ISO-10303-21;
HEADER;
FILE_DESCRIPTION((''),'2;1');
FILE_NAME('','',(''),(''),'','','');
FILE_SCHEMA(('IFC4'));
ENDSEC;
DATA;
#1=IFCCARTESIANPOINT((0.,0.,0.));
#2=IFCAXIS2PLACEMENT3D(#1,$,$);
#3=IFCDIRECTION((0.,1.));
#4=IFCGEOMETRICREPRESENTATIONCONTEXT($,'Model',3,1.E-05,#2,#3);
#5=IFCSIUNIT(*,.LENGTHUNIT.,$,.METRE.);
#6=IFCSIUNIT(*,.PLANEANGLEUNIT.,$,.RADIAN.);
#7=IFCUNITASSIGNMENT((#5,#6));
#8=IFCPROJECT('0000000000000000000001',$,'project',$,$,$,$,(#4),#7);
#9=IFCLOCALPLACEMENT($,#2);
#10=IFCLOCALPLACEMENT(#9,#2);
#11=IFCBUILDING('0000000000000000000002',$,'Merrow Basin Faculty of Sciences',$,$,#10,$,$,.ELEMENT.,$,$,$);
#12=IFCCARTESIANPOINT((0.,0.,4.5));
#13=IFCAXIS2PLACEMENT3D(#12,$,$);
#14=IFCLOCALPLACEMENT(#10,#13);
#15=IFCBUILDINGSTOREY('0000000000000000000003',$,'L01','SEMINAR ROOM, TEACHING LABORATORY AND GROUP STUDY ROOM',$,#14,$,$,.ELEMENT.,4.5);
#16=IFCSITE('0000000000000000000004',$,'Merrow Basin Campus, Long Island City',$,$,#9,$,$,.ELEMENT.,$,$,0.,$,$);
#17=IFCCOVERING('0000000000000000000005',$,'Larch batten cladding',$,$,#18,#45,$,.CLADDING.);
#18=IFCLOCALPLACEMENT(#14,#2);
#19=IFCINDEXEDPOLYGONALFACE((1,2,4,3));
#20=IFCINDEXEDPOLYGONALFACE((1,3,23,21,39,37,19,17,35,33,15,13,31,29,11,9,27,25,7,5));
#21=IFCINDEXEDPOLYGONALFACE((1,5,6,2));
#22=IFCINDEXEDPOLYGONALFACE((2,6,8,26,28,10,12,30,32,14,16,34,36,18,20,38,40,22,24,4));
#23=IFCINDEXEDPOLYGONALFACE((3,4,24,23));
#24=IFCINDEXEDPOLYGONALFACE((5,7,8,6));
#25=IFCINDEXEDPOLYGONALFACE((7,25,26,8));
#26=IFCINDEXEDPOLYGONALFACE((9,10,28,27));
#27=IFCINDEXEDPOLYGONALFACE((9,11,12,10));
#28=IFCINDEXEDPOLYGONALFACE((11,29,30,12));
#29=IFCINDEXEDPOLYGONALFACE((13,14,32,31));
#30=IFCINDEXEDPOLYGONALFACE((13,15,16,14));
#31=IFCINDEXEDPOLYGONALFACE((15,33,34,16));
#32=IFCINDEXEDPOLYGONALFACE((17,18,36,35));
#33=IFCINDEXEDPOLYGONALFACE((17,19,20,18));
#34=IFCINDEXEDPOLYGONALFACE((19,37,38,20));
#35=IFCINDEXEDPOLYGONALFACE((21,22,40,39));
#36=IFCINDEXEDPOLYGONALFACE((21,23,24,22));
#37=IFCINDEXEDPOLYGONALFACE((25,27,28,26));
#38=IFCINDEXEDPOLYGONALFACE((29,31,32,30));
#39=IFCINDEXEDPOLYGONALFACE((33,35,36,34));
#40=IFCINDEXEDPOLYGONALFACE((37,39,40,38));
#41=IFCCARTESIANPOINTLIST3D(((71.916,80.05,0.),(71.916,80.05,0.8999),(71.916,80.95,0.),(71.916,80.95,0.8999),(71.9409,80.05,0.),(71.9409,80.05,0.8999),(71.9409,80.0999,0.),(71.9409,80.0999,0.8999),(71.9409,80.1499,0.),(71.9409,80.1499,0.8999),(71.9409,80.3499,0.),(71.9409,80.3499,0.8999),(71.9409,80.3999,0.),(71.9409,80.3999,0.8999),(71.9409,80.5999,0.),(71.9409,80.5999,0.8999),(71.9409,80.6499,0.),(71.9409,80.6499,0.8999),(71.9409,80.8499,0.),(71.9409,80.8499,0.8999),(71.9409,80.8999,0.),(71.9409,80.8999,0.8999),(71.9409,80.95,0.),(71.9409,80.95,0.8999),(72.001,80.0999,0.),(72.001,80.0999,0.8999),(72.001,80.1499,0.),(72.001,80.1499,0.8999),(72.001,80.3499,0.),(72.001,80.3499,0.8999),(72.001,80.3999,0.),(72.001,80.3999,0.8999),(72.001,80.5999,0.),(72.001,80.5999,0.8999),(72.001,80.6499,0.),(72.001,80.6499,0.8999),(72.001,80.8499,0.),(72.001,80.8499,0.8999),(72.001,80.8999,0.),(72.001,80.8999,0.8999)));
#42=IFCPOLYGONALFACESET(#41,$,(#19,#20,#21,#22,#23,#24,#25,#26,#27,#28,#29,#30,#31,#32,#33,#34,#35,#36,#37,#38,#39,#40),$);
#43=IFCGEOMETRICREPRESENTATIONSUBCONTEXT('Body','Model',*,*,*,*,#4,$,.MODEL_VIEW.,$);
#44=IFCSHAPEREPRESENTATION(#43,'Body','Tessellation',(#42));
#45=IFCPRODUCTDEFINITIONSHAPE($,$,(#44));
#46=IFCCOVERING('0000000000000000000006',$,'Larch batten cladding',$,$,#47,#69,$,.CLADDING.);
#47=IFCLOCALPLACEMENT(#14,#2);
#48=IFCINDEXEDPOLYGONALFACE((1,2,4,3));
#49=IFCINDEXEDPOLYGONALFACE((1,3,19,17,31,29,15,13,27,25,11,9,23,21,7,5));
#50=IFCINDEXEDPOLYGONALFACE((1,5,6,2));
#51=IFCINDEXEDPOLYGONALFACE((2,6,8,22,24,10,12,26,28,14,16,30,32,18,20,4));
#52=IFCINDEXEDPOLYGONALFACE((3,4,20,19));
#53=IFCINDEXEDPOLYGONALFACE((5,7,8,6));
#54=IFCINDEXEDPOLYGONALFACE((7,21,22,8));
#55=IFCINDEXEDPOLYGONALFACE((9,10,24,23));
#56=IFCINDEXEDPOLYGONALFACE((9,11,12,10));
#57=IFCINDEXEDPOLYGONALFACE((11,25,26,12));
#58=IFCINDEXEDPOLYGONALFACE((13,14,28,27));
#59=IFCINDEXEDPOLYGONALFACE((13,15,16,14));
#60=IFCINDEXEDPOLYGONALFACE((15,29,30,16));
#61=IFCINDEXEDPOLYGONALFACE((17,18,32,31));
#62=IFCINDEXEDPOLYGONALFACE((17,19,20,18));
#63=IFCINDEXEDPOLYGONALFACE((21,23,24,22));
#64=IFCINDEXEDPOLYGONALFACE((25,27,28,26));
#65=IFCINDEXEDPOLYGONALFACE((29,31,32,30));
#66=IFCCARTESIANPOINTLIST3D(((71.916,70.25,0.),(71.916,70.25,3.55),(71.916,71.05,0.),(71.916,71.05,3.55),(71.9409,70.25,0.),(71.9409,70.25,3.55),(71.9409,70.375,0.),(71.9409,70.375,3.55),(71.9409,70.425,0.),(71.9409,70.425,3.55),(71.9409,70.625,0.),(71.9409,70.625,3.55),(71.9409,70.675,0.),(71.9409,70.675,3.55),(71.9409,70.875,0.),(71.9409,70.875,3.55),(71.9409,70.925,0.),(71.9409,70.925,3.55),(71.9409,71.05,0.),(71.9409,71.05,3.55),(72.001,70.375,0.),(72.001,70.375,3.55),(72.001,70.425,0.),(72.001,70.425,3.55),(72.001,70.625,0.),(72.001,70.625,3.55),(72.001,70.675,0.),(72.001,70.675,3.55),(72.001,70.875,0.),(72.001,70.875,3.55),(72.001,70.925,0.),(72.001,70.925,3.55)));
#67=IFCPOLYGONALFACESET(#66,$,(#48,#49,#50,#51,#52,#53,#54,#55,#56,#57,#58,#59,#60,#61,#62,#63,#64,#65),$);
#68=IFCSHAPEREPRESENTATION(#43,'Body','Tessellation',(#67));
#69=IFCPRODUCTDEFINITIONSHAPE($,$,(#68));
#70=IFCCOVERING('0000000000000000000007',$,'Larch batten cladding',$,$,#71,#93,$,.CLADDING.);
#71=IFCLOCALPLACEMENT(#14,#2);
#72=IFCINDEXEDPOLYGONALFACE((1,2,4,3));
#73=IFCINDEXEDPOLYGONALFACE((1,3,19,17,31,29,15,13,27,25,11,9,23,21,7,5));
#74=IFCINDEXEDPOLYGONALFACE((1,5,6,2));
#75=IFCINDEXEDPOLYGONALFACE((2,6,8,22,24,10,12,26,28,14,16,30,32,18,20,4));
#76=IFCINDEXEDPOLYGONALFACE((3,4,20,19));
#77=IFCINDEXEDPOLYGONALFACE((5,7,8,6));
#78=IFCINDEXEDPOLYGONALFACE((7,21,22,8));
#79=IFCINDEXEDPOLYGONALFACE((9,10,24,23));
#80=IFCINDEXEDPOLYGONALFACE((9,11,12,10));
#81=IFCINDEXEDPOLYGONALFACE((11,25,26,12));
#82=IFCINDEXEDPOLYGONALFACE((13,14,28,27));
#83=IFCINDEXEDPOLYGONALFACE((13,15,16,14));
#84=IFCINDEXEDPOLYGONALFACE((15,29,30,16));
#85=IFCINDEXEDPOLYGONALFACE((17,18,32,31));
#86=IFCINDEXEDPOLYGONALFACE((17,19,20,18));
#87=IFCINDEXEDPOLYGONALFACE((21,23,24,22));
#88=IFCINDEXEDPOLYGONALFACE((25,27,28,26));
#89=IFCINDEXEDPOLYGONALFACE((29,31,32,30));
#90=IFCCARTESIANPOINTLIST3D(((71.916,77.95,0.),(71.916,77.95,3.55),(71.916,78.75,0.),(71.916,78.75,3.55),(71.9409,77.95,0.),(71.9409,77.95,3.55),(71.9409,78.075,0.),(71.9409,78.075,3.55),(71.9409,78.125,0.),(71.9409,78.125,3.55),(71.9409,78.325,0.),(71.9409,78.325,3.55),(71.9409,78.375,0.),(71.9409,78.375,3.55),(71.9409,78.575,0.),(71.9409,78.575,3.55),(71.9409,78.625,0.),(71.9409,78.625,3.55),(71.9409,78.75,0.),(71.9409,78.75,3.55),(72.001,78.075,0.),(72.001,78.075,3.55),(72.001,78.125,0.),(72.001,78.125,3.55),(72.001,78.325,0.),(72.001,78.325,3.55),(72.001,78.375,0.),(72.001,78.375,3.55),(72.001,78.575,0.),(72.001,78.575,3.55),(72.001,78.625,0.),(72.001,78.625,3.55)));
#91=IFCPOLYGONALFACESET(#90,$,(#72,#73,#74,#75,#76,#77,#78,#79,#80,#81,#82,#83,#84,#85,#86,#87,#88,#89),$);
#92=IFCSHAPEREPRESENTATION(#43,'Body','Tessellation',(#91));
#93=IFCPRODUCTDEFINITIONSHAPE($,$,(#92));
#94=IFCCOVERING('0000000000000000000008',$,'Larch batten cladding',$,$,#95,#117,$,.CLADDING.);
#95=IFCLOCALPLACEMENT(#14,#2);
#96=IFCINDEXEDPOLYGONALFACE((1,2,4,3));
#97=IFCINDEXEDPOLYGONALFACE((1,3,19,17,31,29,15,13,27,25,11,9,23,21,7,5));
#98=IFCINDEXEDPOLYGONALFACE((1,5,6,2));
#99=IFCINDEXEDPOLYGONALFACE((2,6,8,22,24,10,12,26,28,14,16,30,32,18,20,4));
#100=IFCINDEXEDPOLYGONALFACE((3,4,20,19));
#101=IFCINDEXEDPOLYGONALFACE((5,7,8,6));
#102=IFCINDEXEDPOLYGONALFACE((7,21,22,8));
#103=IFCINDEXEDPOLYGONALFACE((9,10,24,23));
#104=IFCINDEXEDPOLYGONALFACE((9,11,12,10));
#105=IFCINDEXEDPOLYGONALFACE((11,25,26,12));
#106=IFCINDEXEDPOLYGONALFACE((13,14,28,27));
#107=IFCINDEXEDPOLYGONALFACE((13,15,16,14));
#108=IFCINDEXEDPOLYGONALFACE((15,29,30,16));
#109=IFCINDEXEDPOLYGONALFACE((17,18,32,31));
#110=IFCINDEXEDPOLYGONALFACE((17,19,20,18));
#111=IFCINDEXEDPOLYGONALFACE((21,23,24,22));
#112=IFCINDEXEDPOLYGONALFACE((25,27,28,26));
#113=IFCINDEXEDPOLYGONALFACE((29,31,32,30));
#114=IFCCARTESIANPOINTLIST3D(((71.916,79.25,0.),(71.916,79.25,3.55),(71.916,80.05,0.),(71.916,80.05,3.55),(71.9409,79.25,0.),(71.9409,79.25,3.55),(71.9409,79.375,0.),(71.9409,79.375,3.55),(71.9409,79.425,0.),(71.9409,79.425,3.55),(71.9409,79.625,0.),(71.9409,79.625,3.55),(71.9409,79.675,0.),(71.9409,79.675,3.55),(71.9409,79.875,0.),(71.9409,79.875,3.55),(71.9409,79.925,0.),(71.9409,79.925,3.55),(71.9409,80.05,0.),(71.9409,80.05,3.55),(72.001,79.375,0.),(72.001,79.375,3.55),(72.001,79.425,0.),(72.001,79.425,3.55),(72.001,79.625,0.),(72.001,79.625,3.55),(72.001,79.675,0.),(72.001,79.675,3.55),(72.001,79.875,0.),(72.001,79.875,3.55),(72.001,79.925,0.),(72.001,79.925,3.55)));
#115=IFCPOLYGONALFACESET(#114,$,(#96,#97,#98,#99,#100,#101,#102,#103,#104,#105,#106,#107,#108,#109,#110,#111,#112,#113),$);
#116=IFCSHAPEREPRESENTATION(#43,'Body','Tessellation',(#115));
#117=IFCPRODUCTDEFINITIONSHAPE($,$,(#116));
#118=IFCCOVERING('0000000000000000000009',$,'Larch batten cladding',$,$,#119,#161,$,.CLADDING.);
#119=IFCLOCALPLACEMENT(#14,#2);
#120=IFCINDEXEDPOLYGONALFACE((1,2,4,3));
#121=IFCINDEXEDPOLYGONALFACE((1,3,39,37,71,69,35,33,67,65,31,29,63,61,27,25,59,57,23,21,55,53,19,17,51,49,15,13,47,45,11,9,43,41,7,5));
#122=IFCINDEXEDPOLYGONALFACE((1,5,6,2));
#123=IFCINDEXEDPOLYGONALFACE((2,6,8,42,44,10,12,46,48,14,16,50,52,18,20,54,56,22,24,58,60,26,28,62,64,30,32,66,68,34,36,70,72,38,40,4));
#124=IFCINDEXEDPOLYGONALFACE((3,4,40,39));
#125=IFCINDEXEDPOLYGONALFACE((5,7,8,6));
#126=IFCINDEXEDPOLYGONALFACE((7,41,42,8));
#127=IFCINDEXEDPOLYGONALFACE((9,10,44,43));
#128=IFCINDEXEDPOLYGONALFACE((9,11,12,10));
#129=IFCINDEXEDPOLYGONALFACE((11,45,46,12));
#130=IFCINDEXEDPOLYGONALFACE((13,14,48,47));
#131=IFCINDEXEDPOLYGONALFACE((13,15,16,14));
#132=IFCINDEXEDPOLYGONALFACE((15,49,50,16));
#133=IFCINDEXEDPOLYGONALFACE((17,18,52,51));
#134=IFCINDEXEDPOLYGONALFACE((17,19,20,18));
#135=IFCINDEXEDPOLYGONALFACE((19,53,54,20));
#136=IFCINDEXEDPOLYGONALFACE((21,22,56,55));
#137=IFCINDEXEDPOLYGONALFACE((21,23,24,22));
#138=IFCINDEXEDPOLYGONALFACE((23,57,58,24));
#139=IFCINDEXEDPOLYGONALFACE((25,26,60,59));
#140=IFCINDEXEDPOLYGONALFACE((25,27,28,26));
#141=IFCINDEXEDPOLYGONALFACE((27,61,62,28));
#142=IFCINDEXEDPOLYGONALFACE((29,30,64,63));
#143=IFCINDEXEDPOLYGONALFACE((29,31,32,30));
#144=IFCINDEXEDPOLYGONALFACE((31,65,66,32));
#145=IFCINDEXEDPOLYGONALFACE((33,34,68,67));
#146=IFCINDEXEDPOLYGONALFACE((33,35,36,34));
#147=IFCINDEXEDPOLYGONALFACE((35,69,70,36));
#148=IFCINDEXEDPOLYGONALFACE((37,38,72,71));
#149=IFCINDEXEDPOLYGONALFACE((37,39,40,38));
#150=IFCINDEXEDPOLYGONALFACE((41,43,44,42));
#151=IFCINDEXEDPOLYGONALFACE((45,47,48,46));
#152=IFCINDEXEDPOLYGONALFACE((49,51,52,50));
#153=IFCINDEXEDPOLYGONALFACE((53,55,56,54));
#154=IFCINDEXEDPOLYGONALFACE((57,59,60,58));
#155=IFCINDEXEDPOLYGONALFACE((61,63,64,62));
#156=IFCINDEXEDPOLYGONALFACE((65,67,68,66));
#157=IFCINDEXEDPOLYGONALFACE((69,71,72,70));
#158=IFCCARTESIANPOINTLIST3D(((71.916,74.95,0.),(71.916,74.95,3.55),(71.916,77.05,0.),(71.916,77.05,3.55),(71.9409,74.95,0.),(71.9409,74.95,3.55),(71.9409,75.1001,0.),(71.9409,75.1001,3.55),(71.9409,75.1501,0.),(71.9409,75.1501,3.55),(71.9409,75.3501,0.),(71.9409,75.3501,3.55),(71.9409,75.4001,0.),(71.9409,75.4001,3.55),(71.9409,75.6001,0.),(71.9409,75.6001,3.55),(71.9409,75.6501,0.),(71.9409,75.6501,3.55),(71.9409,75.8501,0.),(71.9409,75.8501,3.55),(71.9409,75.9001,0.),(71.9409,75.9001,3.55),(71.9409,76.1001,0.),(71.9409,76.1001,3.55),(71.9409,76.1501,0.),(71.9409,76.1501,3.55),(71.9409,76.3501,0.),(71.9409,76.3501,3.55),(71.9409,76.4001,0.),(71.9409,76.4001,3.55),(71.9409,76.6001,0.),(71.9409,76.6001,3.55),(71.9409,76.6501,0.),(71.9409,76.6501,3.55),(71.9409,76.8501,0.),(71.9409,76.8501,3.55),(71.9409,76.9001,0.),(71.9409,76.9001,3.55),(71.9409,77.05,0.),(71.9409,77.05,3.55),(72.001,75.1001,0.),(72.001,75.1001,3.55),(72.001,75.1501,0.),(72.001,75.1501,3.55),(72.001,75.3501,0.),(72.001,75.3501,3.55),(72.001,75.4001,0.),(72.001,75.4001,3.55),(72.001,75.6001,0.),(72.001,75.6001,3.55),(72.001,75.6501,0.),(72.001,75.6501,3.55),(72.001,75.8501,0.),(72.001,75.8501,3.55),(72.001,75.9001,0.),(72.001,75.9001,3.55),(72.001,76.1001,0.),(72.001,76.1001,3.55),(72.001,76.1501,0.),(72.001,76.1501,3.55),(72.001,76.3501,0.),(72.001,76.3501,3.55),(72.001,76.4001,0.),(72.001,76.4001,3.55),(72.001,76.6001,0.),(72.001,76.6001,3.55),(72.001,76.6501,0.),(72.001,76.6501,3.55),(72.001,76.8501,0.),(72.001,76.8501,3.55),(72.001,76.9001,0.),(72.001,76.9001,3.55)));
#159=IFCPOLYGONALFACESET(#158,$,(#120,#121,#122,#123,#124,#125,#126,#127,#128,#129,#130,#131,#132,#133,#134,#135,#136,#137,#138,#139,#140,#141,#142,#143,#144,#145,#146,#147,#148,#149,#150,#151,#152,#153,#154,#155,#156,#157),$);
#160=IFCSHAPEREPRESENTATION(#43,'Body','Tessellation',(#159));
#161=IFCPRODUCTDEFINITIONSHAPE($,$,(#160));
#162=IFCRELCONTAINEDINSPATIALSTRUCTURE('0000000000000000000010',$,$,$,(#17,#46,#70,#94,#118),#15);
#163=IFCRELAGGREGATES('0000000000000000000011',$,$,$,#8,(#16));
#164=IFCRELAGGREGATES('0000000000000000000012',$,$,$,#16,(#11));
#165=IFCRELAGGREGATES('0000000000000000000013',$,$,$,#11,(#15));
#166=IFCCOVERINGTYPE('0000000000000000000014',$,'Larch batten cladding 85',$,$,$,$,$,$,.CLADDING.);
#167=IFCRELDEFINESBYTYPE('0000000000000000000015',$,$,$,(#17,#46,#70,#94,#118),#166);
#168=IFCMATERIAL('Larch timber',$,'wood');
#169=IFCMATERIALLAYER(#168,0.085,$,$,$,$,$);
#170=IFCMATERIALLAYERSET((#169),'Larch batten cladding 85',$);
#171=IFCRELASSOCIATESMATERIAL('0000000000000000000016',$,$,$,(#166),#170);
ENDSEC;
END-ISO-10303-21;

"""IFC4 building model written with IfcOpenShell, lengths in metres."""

from ifc_helpers import new_model, si_unit, direction, frame, origin, place, context, subcontext, project, spatial, polyline, outline, extrude, source, transform, mapped, material, layer, layer_set, type_object, element, save


model = new_model("IFC4")

# Units and contexts
model_context = context("Model", 3, precision=1e-05, world=origin(), true_north=direction((0.0, 1.0)))
body_context = subcontext(model_context, "Body", "Model", "MODEL_VIEW")
ifc_project = project(units=[si_unit("LENGTHUNIT", "METRE"), si_unit("PLANEANGLEUNIT", "RADIAN")], contexts=[model_context])

# Site, building, storey
site_placement = place(None, origin())
site = spatial("IfcSite", under=ifc_project, at=site_placement, Name="Merrow Basin Campus, Long Island City", CompositionType="ELEMENT", RefElevation=0.0)
building_placement = place(site_placement, origin())
building = spatial("IfcBuilding", under=site, at=building_placement, Name="Merrow Basin Faculty of Sciences", CompositionType="ELEMENT")
storey_placement = place(building_placement, frame((0.0, 0.0, 4.5)))
storey = spatial("IfcBuildingStorey", under=building, at=storey_placement, Name="L01", Description="SEMINAR ROOM, TEACHING LABORATORY AND GROUP STUDY ROOM", CompositionType="ELEMENT", Elevation=4.5)

# Coverings
ifc_material_1 = material(Name="Larch timber", Category="wood")
ifc_layer_1 = layer(ifc_material_1, 0.085)
ifc_layer_set_1 = layer_set([ifc_layer_1], Name="Larch batten cladding 85")
covering_type = type_object("IfcCoveringType", Name="Larch batten cladding 85", PredefinedType="CLADDING", material=ifc_layer_set_1)
shared_shape_1 = source(origin(), body_context, "Body", "SweptSolid", [
    extrude(outline(polyline([(0.0, 0.0), (0.8999, 0.0), (0.8999, 0.0249), (0.8501, 0.0249), (0.8501, 0.085), (0.8, 0.085), (0.8, 0.0249), (0.6001, 0.0249), (0.6001, 0.085), (0.55, 0.085), (0.55, 0.0249), (0.3501, 0.0249), (0.3501, 0.085), (0.3, 0.085), (0.3, 0.0249), (0.1001, 0.0249), (0.1001, 0.085), (0.05, 0.085), (0.05, 0.0249), (0.0, 0.0249), (0.0, 0.0)])), origin(), (0.0, 0.0, 1.0), 0.8999),
])
for number, where, z_axis, x_axis, name in (
    (1, (71.916, 80.95, 0.0), (0.0, 0.0, 1.0), (0.0, -1.0, 0.0), "Larch batten cladding"),
):
    element("IfcCovering", number, at=place(storey_placement, frame(where, z_axis=z_axis, x_axis=x_axis)), inside=storey, type_object=covering_type, Name=name, PredefinedType="CLADDING", context=body_context, shape_type="MappedRepresentation", body=[
        mapped(shared_shape_1, transform((0.0, 0.0, 0.0), scale=1.0)),
    ])
shared_shape_2 = source(origin(), body_context, "Body", "SweptSolid", [
    extrude(outline(polyline([(0.0, 0.0), (0.8, 0.0), (0.8, 0.0249), (0.675, 0.0249), (0.675, 0.085), (0.625, 0.085), (0.625, 0.0249), (0.425, 0.0249), (0.425, 0.085), (0.375, 0.085), (0.375, 0.0249), (0.175, 0.0249), (0.175, 0.085), (0.125, 0.085), (0.125, 0.0249), (0.0, 0.0249), (0.0, 0.0)])), origin(), (0.0, 0.0, 1.0), 3.55),
])
for number, where, z_axis, x_axis, name in (
    (2, (71.916, 71.05, 0.0), (0.0, 0.0, 1.0), (0.0, -1.0, 0.0), "Larch batten cladding"),
    (3, (71.916, 78.75, 0.0), (0.0, 0.0, 1.0), (0.0, -1.0, 0.0), "Larch batten cladding"),
    (4, (71.916, 80.05, 0.0), (0.0, 0.0, 1.0), (0.0, -1.0, 0.0), "Larch batten cladding"),
):
    element("IfcCovering", number, at=place(storey_placement, frame(where, z_axis=z_axis, x_axis=x_axis)), inside=storey, type_object=covering_type, Name=name, PredefinedType="CLADDING", context=body_context, shape_type="MappedRepresentation", body=[
        mapped(shared_shape_2, transform((0.0, 0.0, 0.0), scale=1.0)),
    ])
shared_shape_3 = source(origin(), body_context, "Body", "SweptSolid", [
    extrude(outline(polyline([(0.0, 0.0), (2.1001, 0.0), (2.1001, 0.0249), (1.95, 0.0249), (1.95, 0.085), (1.8999, 0.085), (1.8999, 0.0249), (1.7, 0.0249), (1.7, 0.085), (1.6499, 0.085), (1.6499, 0.0249), (1.45, 0.0249), (1.45, 0.085), (1.3999, 0.085), (1.3999, 0.0249), (1.2, 0.0249), (1.2, 0.085), (1.1499, 0.085), (1.1499, 0.0249), (0.95, 0.0249), (0.95, 0.085), (0.8999, 0.085), (0.8999, 0.0249), (0.7, 0.0249), (0.7, 0.085), (0.6499, 0.085), (0.6499, 0.0249), (0.45, 0.0249), (0.45, 0.085), (0.3999, 0.085), (0.3999, 0.0249), (0.2, 0.0249), (0.2, 0.085), (0.1499, 0.085), (0.1499, 0.0249), (0.0, 0.0249), (0.0, 0.0)])), origin(), (0.0, 0.0, 1.0), 3.55),
])
for number, where, z_axis, x_axis, name in (
    (5, (71.916, 77.05, 0.0), (0.0, 0.0, 1.0), (0.0, -1.0, 0.0), "Larch batten cladding"),
):
    element("IfcCovering", number, at=place(storey_placement, frame(where, z_axis=z_axis, x_axis=x_axis)), inside=storey, type_object=covering_type, Name=name, PredefinedType="CLADDING", context=body_context, shape_type="MappedRepresentation", body=[
        mapped(shared_shape_3, transform((0.0, 0.0, 0.0), scale=1.0)),
    ])

save(model, "model.ifc")
